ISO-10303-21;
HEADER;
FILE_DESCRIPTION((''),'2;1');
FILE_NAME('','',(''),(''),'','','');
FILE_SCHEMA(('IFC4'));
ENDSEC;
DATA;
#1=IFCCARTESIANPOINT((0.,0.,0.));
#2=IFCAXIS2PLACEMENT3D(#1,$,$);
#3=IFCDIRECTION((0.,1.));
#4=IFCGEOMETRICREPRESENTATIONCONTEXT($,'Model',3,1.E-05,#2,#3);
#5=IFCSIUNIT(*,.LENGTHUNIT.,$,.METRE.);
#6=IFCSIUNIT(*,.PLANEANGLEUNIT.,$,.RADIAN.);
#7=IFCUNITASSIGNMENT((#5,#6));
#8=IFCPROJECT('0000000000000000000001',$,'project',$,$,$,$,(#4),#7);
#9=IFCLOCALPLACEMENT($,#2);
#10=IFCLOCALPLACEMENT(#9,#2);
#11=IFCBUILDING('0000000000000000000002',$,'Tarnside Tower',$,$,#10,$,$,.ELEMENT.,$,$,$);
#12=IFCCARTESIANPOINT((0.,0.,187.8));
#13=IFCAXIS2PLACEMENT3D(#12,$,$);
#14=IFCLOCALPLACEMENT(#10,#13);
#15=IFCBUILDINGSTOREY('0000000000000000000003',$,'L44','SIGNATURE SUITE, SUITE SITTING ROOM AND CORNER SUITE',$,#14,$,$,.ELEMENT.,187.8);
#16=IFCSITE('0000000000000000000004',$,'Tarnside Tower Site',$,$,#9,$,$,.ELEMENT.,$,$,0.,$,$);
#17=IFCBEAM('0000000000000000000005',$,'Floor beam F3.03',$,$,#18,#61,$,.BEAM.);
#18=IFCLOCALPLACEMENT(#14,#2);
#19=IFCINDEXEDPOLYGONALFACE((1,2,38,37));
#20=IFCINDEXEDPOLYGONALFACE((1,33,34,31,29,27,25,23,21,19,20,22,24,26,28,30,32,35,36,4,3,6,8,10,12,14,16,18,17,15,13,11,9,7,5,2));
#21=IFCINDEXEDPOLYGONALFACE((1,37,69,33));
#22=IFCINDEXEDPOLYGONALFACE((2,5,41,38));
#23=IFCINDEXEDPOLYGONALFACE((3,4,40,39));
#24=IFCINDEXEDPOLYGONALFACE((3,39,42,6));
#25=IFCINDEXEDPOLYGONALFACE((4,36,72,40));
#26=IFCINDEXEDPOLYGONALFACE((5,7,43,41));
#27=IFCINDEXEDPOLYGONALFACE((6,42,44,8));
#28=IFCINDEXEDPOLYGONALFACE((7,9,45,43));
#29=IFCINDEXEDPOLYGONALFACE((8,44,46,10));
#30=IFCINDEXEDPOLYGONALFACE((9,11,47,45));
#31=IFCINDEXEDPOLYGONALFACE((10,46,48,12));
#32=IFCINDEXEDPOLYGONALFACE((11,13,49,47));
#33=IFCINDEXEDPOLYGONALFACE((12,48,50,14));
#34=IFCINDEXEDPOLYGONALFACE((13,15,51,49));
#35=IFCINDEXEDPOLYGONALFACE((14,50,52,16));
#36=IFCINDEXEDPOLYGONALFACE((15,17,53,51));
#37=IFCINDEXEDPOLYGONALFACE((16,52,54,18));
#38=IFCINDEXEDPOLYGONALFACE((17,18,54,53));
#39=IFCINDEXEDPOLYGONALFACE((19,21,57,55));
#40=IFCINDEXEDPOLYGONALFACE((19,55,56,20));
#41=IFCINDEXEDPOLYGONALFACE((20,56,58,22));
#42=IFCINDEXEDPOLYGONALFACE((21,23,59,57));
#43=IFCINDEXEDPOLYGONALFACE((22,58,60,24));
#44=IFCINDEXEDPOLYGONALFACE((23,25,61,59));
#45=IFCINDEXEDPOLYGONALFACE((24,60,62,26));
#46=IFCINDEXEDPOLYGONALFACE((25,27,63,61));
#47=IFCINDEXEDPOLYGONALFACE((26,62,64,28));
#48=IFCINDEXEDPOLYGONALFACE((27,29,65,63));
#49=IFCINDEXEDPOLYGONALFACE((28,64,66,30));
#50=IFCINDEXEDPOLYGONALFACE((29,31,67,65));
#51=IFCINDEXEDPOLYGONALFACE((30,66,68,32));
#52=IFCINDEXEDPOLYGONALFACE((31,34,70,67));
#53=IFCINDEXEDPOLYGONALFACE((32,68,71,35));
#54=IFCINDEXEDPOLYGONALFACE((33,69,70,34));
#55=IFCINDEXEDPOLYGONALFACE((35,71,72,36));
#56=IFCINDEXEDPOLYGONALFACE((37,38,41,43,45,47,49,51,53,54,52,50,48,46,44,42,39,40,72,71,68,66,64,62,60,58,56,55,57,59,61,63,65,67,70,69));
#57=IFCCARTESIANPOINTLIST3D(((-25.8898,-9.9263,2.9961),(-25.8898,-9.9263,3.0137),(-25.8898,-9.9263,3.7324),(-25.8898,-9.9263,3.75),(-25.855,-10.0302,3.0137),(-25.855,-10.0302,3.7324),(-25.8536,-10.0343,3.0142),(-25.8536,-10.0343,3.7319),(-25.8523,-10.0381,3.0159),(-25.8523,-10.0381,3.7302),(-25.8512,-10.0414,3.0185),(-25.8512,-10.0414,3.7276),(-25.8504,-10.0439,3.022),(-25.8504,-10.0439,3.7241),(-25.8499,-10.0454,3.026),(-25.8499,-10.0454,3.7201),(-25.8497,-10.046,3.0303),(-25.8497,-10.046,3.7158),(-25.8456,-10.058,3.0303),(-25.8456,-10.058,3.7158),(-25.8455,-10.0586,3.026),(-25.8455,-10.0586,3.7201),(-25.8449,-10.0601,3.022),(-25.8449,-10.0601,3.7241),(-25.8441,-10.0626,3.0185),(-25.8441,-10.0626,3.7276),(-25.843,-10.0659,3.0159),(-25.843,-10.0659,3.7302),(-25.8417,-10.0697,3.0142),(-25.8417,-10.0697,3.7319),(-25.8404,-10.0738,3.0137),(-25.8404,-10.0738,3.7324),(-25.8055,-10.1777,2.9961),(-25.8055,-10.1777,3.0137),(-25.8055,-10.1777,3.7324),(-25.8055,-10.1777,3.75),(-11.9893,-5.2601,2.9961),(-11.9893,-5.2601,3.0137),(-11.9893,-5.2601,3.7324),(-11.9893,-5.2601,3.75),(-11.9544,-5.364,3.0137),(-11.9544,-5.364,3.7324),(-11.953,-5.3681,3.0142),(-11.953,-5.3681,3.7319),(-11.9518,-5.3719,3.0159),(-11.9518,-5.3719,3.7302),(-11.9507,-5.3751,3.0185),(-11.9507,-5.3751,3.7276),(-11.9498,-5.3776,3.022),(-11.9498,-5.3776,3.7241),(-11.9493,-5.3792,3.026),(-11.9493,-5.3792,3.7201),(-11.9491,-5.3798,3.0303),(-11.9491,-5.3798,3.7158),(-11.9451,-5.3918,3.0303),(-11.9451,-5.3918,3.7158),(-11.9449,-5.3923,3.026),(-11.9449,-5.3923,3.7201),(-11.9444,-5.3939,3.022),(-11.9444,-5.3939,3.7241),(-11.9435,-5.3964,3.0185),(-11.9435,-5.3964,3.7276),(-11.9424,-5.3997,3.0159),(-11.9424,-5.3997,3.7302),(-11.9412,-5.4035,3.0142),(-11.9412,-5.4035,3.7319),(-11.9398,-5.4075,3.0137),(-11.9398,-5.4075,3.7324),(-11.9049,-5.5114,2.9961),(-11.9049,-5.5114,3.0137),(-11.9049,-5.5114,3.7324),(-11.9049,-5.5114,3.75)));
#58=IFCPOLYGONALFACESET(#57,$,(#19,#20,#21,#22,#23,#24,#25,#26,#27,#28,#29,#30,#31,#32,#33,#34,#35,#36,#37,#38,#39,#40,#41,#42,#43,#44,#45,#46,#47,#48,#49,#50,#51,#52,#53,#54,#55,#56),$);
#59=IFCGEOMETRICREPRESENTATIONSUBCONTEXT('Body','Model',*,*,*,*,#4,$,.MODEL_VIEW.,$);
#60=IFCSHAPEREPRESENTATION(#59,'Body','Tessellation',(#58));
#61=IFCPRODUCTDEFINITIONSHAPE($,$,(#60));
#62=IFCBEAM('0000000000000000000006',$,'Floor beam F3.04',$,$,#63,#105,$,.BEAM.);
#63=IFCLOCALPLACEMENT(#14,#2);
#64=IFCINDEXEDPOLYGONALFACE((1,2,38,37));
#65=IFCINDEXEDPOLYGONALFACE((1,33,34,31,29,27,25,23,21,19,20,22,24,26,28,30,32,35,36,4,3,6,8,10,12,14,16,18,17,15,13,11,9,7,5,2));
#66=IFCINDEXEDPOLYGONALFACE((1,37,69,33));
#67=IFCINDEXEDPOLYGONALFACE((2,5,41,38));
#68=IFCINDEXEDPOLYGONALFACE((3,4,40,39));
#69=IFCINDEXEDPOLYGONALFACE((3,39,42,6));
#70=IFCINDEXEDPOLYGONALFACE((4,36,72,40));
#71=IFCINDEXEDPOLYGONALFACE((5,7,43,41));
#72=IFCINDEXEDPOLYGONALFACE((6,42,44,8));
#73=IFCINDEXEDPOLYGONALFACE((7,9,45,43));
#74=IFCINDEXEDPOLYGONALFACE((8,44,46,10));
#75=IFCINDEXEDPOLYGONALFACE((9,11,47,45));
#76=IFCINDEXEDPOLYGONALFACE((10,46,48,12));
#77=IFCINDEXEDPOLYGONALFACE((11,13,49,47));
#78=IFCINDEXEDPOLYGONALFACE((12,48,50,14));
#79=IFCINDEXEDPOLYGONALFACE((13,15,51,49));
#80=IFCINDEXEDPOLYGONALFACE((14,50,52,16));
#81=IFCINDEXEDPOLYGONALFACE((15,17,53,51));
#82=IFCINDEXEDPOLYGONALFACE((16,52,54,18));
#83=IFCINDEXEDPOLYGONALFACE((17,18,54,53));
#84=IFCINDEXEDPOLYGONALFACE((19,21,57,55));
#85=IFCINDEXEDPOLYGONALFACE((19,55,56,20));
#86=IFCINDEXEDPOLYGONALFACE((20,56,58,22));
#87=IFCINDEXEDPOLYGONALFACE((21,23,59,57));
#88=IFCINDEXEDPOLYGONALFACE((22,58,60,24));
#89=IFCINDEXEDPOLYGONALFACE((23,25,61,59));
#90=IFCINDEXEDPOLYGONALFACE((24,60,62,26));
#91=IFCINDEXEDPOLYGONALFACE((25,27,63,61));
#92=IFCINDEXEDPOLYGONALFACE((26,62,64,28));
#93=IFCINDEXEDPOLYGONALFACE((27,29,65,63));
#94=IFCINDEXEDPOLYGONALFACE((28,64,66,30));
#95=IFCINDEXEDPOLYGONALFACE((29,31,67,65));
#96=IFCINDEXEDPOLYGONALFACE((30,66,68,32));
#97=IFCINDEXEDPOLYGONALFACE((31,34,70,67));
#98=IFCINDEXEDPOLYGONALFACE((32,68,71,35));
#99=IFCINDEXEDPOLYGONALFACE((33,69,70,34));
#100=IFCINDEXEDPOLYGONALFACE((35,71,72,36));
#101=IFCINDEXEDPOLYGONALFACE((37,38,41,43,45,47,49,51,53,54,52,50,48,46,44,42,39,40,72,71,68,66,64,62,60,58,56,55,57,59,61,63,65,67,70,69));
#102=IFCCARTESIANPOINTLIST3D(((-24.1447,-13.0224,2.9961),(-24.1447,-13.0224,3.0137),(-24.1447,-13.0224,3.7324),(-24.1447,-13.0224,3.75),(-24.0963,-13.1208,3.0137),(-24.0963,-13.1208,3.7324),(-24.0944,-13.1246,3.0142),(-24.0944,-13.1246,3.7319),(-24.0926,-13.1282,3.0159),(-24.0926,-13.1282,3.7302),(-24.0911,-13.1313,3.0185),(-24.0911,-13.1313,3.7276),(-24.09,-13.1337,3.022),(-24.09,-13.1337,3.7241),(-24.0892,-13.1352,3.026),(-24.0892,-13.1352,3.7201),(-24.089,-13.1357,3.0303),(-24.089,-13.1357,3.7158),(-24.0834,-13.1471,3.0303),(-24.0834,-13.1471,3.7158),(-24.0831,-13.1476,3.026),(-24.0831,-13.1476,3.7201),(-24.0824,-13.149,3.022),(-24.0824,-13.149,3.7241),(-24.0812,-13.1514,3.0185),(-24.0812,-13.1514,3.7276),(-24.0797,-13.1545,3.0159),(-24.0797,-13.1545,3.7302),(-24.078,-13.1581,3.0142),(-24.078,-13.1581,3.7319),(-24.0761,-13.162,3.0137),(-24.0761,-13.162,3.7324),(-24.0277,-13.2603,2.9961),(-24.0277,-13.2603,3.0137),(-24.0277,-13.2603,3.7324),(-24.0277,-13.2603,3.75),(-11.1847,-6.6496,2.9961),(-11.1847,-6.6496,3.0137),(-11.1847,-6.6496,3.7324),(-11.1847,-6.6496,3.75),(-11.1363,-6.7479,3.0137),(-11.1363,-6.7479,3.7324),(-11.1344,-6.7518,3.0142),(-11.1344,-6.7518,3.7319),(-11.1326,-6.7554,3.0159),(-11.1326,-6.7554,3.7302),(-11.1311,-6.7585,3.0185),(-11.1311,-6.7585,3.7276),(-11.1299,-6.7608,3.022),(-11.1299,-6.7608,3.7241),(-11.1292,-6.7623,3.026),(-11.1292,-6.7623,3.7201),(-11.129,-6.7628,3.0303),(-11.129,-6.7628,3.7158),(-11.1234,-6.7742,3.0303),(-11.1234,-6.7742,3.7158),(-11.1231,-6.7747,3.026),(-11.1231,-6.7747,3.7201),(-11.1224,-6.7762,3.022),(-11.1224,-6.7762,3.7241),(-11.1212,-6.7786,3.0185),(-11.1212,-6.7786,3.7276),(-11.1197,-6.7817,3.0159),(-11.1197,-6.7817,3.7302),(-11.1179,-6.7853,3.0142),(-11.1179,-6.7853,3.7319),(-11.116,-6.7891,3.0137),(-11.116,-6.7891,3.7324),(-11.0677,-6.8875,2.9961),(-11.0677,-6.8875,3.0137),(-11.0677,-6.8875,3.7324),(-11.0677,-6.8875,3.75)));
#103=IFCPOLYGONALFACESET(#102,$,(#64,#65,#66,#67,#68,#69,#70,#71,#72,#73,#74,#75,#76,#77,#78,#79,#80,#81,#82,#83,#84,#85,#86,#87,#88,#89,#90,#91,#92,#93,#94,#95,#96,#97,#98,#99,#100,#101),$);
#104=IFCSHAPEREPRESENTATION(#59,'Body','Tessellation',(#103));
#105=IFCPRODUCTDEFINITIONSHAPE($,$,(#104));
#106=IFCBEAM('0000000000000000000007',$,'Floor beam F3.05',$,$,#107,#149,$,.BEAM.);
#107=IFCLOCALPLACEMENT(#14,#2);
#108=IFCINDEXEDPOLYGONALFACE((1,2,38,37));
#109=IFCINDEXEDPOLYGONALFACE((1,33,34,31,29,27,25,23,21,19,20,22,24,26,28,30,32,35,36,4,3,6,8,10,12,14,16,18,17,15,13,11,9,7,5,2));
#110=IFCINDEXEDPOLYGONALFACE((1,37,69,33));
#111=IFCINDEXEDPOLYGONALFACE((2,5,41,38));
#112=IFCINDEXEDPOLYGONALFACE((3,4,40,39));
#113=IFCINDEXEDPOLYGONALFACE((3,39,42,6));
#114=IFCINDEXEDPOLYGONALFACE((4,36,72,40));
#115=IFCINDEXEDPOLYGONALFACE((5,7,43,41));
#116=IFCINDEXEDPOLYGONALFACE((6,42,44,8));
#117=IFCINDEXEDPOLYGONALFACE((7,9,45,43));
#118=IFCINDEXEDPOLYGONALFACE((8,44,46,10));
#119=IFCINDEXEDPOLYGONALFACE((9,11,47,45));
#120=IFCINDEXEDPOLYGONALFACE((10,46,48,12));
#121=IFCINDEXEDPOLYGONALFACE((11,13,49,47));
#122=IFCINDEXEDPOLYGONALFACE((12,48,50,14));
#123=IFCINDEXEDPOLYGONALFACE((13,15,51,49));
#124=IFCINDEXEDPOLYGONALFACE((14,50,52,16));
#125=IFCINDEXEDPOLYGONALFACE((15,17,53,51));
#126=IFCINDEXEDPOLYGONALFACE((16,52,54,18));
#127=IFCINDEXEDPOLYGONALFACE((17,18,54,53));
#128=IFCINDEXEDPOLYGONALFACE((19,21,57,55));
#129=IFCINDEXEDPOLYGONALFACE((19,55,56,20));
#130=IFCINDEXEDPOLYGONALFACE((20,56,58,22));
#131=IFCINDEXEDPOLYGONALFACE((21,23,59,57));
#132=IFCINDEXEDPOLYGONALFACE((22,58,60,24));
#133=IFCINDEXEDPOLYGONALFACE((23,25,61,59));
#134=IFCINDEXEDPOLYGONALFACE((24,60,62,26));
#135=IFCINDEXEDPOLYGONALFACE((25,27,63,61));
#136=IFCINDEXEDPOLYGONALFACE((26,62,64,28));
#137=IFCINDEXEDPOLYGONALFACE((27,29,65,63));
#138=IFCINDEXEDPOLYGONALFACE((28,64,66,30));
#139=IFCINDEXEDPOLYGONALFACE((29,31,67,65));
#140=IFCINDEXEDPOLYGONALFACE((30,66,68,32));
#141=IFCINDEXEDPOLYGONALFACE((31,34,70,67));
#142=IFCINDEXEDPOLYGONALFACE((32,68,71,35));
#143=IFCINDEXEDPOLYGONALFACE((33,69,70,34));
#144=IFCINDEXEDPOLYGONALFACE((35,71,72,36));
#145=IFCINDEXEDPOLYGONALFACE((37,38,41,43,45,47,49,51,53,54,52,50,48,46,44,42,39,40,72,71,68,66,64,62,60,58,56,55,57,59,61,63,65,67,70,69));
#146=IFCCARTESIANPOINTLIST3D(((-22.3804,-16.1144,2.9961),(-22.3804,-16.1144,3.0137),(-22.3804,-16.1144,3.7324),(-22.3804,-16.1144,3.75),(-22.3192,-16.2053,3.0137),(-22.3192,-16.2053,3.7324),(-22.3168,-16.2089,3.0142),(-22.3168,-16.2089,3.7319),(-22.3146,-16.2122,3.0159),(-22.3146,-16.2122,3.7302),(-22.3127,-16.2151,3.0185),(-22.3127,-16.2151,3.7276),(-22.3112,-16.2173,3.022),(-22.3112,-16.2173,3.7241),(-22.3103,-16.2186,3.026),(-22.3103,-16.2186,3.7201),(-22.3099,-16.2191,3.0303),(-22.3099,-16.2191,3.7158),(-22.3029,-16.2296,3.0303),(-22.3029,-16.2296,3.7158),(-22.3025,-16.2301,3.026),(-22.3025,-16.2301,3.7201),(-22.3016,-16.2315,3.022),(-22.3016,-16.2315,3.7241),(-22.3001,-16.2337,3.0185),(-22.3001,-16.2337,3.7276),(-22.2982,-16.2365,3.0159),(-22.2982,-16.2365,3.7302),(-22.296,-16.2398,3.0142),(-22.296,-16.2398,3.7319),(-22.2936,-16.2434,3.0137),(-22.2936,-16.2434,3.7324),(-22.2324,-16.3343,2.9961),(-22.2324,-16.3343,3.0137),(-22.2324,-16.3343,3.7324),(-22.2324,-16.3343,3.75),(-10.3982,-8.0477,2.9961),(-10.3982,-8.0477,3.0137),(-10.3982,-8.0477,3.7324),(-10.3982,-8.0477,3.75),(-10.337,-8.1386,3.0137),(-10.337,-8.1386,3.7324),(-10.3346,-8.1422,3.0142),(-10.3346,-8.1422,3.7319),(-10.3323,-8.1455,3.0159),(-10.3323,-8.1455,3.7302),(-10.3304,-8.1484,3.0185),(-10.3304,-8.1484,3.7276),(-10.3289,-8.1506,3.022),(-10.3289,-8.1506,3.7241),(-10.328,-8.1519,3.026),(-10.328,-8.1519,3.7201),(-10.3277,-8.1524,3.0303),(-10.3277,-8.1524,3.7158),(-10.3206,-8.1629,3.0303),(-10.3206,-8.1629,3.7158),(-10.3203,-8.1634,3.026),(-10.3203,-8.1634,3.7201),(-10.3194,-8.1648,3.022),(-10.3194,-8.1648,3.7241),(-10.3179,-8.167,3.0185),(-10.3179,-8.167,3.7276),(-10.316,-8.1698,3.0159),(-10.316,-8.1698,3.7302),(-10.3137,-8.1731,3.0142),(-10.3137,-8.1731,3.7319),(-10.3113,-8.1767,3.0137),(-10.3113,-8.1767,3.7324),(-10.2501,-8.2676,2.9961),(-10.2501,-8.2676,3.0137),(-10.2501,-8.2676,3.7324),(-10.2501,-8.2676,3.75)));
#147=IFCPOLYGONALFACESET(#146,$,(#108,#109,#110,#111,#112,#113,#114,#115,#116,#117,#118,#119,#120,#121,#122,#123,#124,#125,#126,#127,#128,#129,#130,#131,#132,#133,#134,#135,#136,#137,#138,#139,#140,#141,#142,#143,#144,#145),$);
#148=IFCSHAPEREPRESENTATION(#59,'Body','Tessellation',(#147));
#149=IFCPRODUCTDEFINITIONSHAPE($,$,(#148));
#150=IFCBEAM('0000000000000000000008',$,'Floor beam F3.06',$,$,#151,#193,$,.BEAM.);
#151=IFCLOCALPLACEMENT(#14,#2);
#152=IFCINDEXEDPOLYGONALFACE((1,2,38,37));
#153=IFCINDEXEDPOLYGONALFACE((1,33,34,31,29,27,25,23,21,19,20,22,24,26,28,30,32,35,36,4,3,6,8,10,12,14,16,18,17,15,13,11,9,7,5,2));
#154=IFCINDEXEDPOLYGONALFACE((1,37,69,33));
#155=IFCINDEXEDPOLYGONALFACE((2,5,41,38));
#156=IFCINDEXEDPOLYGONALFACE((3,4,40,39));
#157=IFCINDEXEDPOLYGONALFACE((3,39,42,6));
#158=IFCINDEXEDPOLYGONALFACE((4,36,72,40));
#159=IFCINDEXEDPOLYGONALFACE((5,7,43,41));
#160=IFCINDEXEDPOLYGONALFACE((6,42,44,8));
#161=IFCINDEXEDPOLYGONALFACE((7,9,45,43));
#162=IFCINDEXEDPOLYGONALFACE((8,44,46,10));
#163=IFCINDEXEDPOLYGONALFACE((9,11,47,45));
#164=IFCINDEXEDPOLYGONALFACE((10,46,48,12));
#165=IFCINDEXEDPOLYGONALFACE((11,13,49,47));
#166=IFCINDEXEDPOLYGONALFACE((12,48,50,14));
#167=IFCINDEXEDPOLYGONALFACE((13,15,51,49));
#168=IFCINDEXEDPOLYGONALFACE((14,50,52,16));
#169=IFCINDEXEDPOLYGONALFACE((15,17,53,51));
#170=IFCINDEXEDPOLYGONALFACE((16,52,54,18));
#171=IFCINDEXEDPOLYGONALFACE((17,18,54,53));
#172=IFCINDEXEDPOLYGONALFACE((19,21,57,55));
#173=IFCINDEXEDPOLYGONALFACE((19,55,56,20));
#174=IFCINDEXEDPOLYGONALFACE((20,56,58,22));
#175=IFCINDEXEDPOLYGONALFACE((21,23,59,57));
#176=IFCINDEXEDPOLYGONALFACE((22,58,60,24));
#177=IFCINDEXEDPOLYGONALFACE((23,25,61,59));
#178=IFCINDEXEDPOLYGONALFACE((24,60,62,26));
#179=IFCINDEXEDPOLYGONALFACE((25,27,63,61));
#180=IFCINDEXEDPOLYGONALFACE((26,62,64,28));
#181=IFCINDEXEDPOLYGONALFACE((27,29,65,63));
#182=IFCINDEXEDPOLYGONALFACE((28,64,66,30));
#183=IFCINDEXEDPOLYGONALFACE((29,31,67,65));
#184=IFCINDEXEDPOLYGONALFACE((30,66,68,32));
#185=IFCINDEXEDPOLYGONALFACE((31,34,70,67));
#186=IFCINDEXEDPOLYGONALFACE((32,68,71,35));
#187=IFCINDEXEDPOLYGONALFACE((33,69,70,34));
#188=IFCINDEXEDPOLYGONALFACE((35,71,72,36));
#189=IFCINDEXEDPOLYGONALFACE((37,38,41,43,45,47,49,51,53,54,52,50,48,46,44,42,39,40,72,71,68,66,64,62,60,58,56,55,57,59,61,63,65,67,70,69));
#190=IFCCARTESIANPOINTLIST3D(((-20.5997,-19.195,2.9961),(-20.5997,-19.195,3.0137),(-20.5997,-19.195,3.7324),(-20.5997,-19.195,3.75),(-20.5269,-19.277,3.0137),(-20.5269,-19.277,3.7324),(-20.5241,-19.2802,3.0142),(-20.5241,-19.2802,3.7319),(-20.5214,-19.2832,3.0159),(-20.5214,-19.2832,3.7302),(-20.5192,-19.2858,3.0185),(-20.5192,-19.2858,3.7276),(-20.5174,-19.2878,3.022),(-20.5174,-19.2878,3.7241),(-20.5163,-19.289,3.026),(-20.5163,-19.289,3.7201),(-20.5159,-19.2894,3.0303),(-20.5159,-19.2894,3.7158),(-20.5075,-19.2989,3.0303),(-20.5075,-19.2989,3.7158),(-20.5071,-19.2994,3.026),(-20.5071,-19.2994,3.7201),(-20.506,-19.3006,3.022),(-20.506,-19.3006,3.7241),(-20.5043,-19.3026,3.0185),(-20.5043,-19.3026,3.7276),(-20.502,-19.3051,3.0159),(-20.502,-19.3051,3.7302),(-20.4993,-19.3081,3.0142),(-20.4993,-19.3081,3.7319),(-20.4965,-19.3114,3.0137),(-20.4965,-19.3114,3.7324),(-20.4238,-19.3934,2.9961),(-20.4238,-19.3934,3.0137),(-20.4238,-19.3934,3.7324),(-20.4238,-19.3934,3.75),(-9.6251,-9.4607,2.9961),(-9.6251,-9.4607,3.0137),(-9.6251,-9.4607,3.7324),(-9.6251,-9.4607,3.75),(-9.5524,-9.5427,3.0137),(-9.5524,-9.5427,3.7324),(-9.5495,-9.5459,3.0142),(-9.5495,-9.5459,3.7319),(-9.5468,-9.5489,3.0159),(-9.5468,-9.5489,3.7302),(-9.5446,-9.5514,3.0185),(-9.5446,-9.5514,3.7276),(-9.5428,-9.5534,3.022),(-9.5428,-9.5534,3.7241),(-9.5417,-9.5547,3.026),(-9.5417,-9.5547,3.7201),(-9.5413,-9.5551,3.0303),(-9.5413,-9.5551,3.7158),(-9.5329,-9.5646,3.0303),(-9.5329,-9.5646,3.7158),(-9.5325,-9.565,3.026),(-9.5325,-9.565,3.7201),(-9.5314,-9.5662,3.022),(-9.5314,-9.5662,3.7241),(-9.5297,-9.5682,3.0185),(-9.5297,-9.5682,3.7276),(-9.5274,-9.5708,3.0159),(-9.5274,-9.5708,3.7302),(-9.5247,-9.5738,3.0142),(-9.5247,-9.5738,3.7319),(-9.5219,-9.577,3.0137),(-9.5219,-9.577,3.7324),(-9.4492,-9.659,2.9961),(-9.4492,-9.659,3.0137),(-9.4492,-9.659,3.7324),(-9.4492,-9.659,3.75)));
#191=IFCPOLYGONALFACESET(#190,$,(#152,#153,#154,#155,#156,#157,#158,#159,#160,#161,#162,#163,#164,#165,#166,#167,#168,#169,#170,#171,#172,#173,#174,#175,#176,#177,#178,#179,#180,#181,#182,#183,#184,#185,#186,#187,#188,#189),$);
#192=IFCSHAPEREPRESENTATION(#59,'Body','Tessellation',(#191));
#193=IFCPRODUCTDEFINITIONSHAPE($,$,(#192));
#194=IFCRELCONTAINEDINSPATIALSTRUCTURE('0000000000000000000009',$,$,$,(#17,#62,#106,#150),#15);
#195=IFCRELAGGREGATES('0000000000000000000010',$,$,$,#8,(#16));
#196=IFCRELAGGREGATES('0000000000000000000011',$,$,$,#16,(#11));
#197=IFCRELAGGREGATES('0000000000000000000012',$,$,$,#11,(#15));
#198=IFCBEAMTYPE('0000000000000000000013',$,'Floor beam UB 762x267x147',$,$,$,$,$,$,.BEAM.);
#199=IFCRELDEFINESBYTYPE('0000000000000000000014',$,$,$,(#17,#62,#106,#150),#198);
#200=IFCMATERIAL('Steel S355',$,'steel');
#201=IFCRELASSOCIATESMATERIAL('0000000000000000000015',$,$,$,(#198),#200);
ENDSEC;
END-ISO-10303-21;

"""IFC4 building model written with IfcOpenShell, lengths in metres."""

from ifc_helpers import new_model, si_unit, direction, frame, origin, origin_2d, place, context, subcontext, project, spatial, i_section, extrude, material, material_profile, profile_set, type_object, element, save


model = new_model("IFC4")

# Units and contexts
model_context = context("Model", 3, precision=1e-05, world=origin(), true_north=direction((0.0, 1.0)))
body_context = subcontext(model_context, "Body", "Model", "MODEL_VIEW")
ifc_project = project(units=[si_unit("LENGTHUNIT", "METRE"), si_unit("PLANEANGLEUNIT", "RADIAN")], contexts=[model_context])

# Site, building, storey
site_placement = place(None, origin())
site = spatial("IfcSite", under=ifc_project, at=site_placement, Name="Tarnside Tower Site", CompositionType="ELEMENT", RefElevation=0.0)
building_placement = place(site_placement, origin())
building = spatial("IfcBuilding", under=site, at=building_placement, Name="Tarnside Tower", CompositionType="ELEMENT")
storey_placement = place(building_placement, frame((0.0, 0.0, 187.8)))
storey = spatial("IfcBuildingStorey", under=building, at=storey_placement, Name="L44", Description="SIGNATURE SUITE, SUITE SITTING ROOM AND CORNER SUITE", CompositionType="ELEMENT", Elevation=187.8)

# Beams
ifc_material_1 = material(Name="Steel S355", Category="steel")
ifc_material_profile_1 = material_profile(ifc_material_1, i_section(OverallWidth=0.2651, OverallDepth=0.7539, WebThickness=0.0127, FlangeThickness=0.0176, FilletRadius=0.0166, at=origin_2d()), Name="UB 762x267x147")
ifc_profile_set_1 = profile_set([ifc_material_profile_1], Name="Steel S355")
beam_type_1 = type_object("IfcBeamType", Name="Floor beam UB 762x267x147", PredefinedType="BEAM", material=ifc_profile_set_1)
beam_1_placement = place(storey_placement, frame((-25.8477, -10.052, 3.373), z_axis=(0.948012, 0.318235, 0.0), x_axis=(-0.318235, 0.948012, 0.0)))
element("IfcBeam", 1, at=beam_1_placement, inside=storey, type_object=beam_type_1, Name="Floor beam F3.03", PredefinedType="BEAM", context=body_context, shape_type="SweptSolid", body=[
    extrude(i_section(OverallWidth=0.2651, OverallDepth=0.7539, WebThickness=0.0127, FlangeThickness=0.0176, FilletRadius=0.0166, at=origin_2d()), origin(), (0.0, 0.0, 1.0), 14.6628),
])
beam_2_placement = place(storey_placement, frame((-24.0862, -13.1414, 3.373), z_axis=(0.897376, 0.441267, 0.0), x_axis=(-0.441267, 0.897376, 0.0)))
element("IfcBeam", 2, at=beam_2_placement, inside=storey, type_object=beam_type_1, Name="Floor beam F3.04", PredefinedType="BEAM", context=body_context, shape_type="SweptSolid", body=[
    extrude(i_section(OverallWidth=0.2651, OverallDepth=0.7539, WebThickness=0.0127, FlangeThickness=0.0176, FilletRadius=0.0166, at=origin_2d()), origin(), (0.0, 0.0, 1.0), 14.4421),
])
beam_3_placement = place(storey_placement, frame((-22.3064, -16.2244, 3.373), z_axis=(0.829532, 0.558458, 0.0), x_axis=(-0.558458, 0.829532, 0.0)))
element("IfcBeam", 3, at=beam_3_placement, inside=storey, type_object=beam_type_1, Name="Floor beam F3.05", PredefinedType="BEAM", context=body_context, shape_type="SweptSolid", body=[
    extrude(i_section(OverallWidth=0.2651, OverallDepth=0.7539, WebThickness=0.0127, FlangeThickness=0.0176, FilletRadius=0.0166, at=origin_2d()), origin(), (0.0, 0.0, 1.0), 14.4446),
])
beam_4_placement = place(storey_placement, frame((-20.5117, -19.2942, 3.373), z_axis=(0.748114, 0.66357, 0.0), x_axis=(-0.66357, 0.748114, 0.0)))
element("IfcBeam", 4, at=beam_4_placement, inside=storey, type_object=beam_type_1, Name="Floor beam F3.06", PredefinedType="BEAM", context=body_context, shape_type="SweptSolid", body=[
    extrude(i_section(OverallWidth=0.2651, OverallDepth=0.7539, WebThickness=0.0127, FlangeThickness=0.0176, FilletRadius=0.0166, at=origin_2d()), origin(), (0.0, 0.0, 1.0), 14.6697),
])

save(model, "model.ifc")
